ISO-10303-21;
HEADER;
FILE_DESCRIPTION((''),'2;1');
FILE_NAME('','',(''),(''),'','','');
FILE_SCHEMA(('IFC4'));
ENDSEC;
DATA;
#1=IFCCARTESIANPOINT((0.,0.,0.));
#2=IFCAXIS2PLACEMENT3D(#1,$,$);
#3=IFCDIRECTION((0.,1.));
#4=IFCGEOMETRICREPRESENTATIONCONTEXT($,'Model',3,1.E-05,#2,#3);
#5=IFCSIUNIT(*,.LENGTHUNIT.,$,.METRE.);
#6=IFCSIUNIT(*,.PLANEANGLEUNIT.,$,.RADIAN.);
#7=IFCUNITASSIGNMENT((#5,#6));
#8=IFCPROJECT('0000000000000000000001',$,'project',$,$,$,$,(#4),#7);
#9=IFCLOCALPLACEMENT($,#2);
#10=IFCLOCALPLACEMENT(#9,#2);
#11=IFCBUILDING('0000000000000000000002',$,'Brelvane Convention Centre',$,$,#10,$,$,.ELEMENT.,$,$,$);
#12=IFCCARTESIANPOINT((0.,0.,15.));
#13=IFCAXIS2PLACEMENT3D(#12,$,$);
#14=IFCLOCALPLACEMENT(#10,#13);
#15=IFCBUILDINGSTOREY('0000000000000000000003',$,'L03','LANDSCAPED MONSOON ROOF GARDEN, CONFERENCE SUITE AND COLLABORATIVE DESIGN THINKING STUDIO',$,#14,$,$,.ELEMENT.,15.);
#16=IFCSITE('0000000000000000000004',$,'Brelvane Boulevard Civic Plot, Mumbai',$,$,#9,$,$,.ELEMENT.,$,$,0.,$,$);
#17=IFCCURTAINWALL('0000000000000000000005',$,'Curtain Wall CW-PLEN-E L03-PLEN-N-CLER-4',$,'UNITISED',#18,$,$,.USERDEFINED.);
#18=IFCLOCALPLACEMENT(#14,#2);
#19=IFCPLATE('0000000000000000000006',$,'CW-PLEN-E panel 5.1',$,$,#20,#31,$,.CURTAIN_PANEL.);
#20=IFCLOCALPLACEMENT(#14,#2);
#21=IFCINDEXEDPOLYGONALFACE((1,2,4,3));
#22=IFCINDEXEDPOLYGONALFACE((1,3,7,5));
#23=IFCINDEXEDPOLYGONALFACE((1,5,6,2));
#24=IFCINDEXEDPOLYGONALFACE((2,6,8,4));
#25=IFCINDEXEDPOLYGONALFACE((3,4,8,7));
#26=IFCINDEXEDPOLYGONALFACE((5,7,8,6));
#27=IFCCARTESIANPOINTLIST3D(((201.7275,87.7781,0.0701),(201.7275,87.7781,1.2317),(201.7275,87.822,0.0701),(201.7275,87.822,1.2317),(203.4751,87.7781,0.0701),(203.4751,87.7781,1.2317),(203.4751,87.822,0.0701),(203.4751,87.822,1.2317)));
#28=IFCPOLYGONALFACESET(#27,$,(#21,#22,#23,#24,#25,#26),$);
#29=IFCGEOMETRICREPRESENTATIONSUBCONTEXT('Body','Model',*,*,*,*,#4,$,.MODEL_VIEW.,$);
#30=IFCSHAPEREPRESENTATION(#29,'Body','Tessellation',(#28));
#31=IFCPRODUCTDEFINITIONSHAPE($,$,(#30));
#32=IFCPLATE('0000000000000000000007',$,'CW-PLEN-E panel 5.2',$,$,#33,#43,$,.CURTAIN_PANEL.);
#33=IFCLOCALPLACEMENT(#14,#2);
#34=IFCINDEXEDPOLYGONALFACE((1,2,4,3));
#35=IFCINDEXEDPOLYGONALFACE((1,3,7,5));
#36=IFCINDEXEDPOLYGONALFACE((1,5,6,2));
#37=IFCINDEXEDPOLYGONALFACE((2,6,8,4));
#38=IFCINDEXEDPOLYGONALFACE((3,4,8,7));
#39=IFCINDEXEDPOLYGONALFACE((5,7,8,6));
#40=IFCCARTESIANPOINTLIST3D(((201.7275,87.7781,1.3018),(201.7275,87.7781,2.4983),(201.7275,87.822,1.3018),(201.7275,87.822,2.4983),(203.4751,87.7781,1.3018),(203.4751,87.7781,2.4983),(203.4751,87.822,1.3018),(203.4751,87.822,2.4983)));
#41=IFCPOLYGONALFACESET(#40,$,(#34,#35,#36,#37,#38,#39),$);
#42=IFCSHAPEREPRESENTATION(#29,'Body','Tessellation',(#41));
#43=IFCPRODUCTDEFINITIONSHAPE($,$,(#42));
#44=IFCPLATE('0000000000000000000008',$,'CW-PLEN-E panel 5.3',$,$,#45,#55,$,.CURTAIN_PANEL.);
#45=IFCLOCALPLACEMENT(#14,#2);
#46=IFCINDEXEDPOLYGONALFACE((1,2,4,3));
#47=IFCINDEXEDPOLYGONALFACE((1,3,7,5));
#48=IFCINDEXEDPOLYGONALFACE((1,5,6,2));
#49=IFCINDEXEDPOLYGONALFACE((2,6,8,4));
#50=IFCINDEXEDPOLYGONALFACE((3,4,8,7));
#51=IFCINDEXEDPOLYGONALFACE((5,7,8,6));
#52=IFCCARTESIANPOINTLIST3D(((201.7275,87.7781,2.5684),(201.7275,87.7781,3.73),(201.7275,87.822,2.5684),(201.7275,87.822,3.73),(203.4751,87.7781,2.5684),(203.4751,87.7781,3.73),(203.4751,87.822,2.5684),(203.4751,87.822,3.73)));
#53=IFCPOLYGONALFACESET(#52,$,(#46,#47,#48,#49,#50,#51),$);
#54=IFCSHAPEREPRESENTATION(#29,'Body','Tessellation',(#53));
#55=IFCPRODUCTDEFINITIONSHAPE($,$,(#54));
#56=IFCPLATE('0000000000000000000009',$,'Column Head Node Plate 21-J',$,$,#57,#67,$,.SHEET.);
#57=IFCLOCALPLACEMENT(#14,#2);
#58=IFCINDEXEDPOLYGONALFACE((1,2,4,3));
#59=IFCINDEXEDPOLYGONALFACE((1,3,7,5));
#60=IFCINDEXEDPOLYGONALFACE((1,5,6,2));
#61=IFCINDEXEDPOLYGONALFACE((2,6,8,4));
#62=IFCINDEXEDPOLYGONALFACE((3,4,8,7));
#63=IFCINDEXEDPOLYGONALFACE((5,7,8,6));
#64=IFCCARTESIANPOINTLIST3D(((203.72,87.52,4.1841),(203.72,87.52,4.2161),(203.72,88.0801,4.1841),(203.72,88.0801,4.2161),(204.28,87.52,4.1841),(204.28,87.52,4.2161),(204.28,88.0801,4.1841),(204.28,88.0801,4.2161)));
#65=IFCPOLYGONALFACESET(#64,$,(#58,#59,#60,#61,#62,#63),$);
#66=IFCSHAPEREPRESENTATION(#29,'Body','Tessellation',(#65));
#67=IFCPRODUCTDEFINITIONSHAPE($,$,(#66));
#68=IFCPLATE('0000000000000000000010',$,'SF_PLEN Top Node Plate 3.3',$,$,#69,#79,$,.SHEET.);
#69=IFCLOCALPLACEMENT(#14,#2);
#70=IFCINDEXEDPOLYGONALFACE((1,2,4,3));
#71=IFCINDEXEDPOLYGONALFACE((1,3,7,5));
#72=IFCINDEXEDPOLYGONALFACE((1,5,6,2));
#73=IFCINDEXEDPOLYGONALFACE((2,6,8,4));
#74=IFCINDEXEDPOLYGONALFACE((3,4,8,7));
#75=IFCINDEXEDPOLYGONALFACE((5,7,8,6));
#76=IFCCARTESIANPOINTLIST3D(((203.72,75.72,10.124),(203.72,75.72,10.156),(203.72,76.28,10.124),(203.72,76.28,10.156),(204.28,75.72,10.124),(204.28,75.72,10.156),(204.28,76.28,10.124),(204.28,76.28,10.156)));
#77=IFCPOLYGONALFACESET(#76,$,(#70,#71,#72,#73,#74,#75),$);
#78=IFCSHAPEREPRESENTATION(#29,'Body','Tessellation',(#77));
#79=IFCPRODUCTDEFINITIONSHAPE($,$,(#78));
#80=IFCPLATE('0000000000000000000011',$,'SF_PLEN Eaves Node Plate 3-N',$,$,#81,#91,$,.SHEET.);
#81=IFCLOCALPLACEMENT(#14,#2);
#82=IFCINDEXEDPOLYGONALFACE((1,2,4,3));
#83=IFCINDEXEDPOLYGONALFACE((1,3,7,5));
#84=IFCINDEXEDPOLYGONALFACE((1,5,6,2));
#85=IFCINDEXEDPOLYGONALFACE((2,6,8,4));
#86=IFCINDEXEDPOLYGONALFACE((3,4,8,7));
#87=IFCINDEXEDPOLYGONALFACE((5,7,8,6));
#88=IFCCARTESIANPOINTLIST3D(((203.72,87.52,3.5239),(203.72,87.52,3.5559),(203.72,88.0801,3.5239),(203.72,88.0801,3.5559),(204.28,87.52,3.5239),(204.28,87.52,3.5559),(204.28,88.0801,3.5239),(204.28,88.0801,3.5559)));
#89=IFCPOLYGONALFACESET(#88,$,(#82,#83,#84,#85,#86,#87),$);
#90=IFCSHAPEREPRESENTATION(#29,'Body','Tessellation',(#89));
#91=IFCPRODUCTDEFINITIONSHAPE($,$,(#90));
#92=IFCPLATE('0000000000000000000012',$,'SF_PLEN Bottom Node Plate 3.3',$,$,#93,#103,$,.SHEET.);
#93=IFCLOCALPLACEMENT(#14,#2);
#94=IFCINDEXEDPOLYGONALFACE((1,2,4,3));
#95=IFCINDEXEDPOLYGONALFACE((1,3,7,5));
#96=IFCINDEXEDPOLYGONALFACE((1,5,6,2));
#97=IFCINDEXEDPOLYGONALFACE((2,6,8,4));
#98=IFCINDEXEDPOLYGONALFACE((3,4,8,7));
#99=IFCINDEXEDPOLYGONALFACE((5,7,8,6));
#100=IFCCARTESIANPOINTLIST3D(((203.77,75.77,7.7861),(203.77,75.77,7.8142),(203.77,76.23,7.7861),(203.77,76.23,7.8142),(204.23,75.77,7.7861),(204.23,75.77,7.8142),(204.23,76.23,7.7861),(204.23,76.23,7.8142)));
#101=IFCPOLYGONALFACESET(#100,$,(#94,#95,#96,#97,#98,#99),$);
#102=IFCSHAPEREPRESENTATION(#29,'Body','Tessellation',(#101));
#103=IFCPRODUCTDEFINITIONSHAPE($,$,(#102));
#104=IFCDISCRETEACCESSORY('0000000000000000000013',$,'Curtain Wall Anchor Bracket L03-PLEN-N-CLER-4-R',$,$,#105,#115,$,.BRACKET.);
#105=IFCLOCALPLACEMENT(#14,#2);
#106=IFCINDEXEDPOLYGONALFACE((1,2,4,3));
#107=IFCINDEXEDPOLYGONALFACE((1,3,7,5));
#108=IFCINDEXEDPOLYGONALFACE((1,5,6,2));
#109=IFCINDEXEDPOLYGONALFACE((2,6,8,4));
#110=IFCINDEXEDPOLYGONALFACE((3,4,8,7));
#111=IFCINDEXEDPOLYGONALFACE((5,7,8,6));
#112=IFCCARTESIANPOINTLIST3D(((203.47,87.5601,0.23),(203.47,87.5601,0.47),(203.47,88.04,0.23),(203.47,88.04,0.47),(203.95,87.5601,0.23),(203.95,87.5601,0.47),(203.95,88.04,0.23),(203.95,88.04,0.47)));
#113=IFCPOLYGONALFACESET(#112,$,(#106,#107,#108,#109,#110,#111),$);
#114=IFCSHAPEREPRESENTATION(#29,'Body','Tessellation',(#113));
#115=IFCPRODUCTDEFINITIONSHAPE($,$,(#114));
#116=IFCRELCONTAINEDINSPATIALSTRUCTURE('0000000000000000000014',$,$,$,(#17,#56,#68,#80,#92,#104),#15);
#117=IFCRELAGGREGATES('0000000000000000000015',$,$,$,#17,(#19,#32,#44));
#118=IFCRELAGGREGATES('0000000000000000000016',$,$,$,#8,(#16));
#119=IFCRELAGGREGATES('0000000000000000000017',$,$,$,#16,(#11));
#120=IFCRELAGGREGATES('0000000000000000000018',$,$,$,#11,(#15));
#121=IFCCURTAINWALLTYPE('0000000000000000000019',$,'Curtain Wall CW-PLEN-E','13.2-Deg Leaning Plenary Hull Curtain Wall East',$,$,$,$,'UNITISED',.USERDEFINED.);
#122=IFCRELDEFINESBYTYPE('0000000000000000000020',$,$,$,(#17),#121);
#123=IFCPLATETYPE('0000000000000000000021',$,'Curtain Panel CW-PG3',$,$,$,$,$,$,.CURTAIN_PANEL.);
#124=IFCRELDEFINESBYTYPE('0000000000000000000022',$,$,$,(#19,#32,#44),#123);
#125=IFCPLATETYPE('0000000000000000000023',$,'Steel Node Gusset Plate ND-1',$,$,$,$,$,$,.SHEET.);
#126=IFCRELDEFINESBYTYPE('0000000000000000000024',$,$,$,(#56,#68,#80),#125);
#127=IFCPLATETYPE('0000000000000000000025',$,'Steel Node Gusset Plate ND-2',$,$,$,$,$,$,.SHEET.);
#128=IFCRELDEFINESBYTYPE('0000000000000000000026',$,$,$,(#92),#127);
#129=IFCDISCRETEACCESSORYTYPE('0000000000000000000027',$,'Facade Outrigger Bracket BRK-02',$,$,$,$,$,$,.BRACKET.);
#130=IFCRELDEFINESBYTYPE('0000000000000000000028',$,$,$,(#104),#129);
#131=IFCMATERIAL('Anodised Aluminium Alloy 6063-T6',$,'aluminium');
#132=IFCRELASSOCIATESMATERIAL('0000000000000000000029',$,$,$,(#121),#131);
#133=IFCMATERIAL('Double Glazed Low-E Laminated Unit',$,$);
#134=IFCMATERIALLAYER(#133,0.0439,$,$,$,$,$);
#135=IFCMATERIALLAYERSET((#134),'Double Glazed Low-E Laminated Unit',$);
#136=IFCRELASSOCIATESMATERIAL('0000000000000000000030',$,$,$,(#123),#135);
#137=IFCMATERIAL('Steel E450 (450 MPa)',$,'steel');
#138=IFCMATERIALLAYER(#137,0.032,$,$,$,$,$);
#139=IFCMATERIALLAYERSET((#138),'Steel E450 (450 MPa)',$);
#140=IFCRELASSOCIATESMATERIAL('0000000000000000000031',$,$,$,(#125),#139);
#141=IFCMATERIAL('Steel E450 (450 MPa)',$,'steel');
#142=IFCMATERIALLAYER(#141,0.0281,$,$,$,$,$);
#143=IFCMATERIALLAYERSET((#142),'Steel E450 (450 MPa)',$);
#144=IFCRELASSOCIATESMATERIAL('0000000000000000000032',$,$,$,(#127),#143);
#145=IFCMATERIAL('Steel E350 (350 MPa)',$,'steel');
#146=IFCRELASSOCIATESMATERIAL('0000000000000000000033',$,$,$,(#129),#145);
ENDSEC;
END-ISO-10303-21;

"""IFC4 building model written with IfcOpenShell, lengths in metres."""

from ifc_helpers import new_model, si_unit, direction, frame, origin, origin_2d, place, context, subcontext, project, spatial, rectangle, extrude, material, layer, layer_set, type_object, element, aggregate, save


model = new_model("IFC4")

# Units and contexts
model_context = context("Model", 3, precision=1e-05, world=origin(), true_north=direction((0.0, 1.0)))
body_context = subcontext(model_context, "Body", "Model", "MODEL_VIEW")
ifc_project = project(units=[si_unit("LENGTHUNIT", "METRE"), si_unit("PLANEANGLEUNIT", "RADIAN")], contexts=[model_context])

# Site, building, storey
site_placement = place(None, origin())
site = spatial("IfcSite", under=ifc_project, at=site_placement, Name="Brelvane Boulevard Civic Plot, Mumbai", CompositionType="ELEMENT", RefElevation=0.0)
building_placement = place(site_placement, origin())
building = spatial("IfcBuilding", under=site, at=building_placement, Name="Brelvane Convention Centre", CompositionType="ELEMENT")
storey_placement = place(building_placement, frame((0.0, 0.0, 15.0)))
storey = spatial("IfcBuildingStorey", under=building, at=storey_placement, Name="L03", Description="LANDSCAPED MONSOON ROOF GARDEN, CONFERENCE SUITE AND COLLABORATIVE DESIGN THINKING STUDIO", CompositionType="ELEMENT", Elevation=15.0)

# Curtain wall
ifc_material_1 = material(Name="Anodised Aluminium Alloy 6063-T6", Category="aluminium")
curtain_wall_type = type_object("IfcCurtainWallType", Name="Curtain Wall CW-PLEN-E", Description="13.2-Deg Leaning Plenary Hull Curtain Wall East", ElementType="UNITISED", PredefinedType="USERDEFINED", material=ifc_material_1)
curtain_wall_placement = place(storey_placement, origin())
curtain_wall = element("IfcCurtainWall", 1, at=curtain_wall_placement, inside=storey, type_object=curtain_wall_type, Name="Curtain Wall CW-PLEN-E L03-PLEN-N-CLER-4", ObjectType="UNITISED", PredefinedType="USERDEFINED")

# Plates
ifc_material_2 = material(Name="Double Glazed Low-E Laminated Unit")
ifc_layer_1 = layer(ifc_material_2, 0.0439)
ifc_layer_set_1 = layer_set([ifc_layer_1], Name="Double Glazed Low-E Laminated Unit")
plate_type_1 = type_object("IfcPlateType", Name="Curtain Panel CW-PG3", PredefinedType="CURTAIN_PANEL", material=ifc_layer_set_1)
plate_1_placement = place(storey_placement, frame((202.6013, 87.8, 0.0701), z_axis=(0.0, 0.0, 1.0), x_axis=(1.0, 0.0, 0.0)))
plate_1 = element("IfcPlate", 2, at=plate_1_placement, type_object=plate_type_1, Name="CW-PLEN-E panel 5.1", PredefinedType="CURTAIN_PANEL", context=body_context, shape_type="SweptSolid", body=[
    extrude(rectangle(XDim=1.7476, YDim=0.0439, at=origin_2d()), origin(), (0.0, 0.0, 1.0), 1.1616),
])
plate_2_placement = place(storey_placement, frame((202.6013, 87.8, 1.3018), z_axis=(0.0, 0.0, 1.0), x_axis=(1.0, 0.0, 0.0)))
plate_2 = element("IfcPlate", 3, at=plate_2_placement, type_object=plate_type_1, Name="CW-PLEN-E panel 5.2", PredefinedType="CURTAIN_PANEL", context=body_context, shape_type="SweptSolid", body=[
    extrude(rectangle(XDim=1.7476, YDim=0.0439, at=origin_2d()), origin(), (0.0, 0.0, 1.0), 1.1965),
])
plate_3_placement = place(storey_placement, frame((202.6013, 87.8, 2.5684), z_axis=(0.0, 0.0, 1.0), x_axis=(1.0, 0.0, 0.0)))
plate_3 = element("IfcPlate", 4, at=plate_3_placement, type_object=plate_type_1, Name="CW-PLEN-E panel 5.3", PredefinedType="CURTAIN_PANEL", context=body_context, shape_type="SweptSolid", body=[
    extrude(rectangle(XDim=1.7476, YDim=0.0439, at=origin_2d()), origin(), (0.0, 0.0, 1.0), 1.1616),
])
aggregate(curtain_wall, [plate_1, plate_2, plate_3])

# Plates
ifc_material_3 = material(Name="Steel E450 (450 MPa)", Category="steel")
ifc_layer_2 = layer(ifc_material_3, 0.032)
ifc_layer_set_2 = layer_set([ifc_layer_2], Name="Steel E450 (450 MPa)")
plate_type_2 = type_object("IfcPlateType", Name="Steel Node Gusset Plate ND-1", PredefinedType="SHEET", material=ifc_layer_set_2)
for number, where, z_axis, x_axis, name in (
    (5, (204.0, 87.8, 4.1841), (0.0, 0.0, 1.0), (1.0, 0.0, 0.0), "Column Head Node Plate 21-J"),
    (6, (204.0, 76.0, 10.124), (0.0, 0.0, 1.0), (1.0, 0.0, 0.0), "SF_PLEN Top Node Plate 3.3"),
    (7, (204.0, 87.8, 3.5239), (0.0, 0.0, 1.0), (1.0, 0.0, 0.0), "SF_PLEN Eaves Node Plate 3-N"),
):
    element("IfcPlate", number, at=place(storey_placement, frame(where, z_axis=z_axis, x_axis=x_axis)), inside=storey, type_object=plate_type_2, Name=name, PredefinedType="SHEET", context=body_context, shape_type="SweptSolid", body=[
        extrude(rectangle(XDim=0.5601, YDim=0.5601, at=origin_2d()), origin(), (0.0, 0.0, 1.0), 0.032),
    ])
ifc_material_4 = material(Name="Steel E450 (450 MPa)", Category="steel")
ifc_layer_3 = layer(ifc_material_4, 0.0281)
ifc_layer_set_3 = layer_set([ifc_layer_3], Name="Steel E450 (450 MPa)")
plate_type_3 = type_object("IfcPlateType", Name="Steel Node Gusset Plate ND-2", PredefinedType="SHEET", material=ifc_layer_set_3)
plate_4_placement = place(storey_placement, frame((204.0, 76.0, 7.7861), z_axis=(0.0, 0.0, 1.0), x_axis=(1.0, 0.0, 0.0)))
element("IfcPlate", 8, at=plate_4_placement, inside=storey, type_object=plate_type_3, Name="SF_PLEN Bottom Node Plate 3.3", PredefinedType="SHEET", context=body_context, shape_type="SweptSolid", body=[
    extrude(rectangle(XDim=0.46, YDim=0.46, at=origin_2d()), origin(), (0.0, 0.0, 1.0), 0.0281),
])

# Discrete accessory
ifc_material_5 = material(Name="Steel E350 (350 MPa)", Category="steel")
discrete_accessory_type = type_object("IfcDiscreteAccessoryType", Name="Facade Outrigger Bracket BRK-02", PredefinedType="BRACKET", material=ifc_material_5)
discrete_accessory_placement = place(storey_placement, frame((203.71, 87.8, 0.23), z_axis=(0.0, 0.0, 1.0), x_axis=(1.0, 0.0, 0.0)))
element("IfcDiscreteAccessory", 9, at=discrete_accessory_placement, inside=storey, type_object=discrete_accessory_type, Name="Curtain Wall Anchor Bracket L03-PLEN-N-CLER-4-R", PredefinedType="BRACKET", context=body_context, shape_type="SweptSolid", body=[
    extrude(rectangle(XDim=0.48, YDim=0.48, at=origin_2d()), origin(), (0.0, 0.0, 1.0), 0.24),
])

save(model, "model.ifc")
